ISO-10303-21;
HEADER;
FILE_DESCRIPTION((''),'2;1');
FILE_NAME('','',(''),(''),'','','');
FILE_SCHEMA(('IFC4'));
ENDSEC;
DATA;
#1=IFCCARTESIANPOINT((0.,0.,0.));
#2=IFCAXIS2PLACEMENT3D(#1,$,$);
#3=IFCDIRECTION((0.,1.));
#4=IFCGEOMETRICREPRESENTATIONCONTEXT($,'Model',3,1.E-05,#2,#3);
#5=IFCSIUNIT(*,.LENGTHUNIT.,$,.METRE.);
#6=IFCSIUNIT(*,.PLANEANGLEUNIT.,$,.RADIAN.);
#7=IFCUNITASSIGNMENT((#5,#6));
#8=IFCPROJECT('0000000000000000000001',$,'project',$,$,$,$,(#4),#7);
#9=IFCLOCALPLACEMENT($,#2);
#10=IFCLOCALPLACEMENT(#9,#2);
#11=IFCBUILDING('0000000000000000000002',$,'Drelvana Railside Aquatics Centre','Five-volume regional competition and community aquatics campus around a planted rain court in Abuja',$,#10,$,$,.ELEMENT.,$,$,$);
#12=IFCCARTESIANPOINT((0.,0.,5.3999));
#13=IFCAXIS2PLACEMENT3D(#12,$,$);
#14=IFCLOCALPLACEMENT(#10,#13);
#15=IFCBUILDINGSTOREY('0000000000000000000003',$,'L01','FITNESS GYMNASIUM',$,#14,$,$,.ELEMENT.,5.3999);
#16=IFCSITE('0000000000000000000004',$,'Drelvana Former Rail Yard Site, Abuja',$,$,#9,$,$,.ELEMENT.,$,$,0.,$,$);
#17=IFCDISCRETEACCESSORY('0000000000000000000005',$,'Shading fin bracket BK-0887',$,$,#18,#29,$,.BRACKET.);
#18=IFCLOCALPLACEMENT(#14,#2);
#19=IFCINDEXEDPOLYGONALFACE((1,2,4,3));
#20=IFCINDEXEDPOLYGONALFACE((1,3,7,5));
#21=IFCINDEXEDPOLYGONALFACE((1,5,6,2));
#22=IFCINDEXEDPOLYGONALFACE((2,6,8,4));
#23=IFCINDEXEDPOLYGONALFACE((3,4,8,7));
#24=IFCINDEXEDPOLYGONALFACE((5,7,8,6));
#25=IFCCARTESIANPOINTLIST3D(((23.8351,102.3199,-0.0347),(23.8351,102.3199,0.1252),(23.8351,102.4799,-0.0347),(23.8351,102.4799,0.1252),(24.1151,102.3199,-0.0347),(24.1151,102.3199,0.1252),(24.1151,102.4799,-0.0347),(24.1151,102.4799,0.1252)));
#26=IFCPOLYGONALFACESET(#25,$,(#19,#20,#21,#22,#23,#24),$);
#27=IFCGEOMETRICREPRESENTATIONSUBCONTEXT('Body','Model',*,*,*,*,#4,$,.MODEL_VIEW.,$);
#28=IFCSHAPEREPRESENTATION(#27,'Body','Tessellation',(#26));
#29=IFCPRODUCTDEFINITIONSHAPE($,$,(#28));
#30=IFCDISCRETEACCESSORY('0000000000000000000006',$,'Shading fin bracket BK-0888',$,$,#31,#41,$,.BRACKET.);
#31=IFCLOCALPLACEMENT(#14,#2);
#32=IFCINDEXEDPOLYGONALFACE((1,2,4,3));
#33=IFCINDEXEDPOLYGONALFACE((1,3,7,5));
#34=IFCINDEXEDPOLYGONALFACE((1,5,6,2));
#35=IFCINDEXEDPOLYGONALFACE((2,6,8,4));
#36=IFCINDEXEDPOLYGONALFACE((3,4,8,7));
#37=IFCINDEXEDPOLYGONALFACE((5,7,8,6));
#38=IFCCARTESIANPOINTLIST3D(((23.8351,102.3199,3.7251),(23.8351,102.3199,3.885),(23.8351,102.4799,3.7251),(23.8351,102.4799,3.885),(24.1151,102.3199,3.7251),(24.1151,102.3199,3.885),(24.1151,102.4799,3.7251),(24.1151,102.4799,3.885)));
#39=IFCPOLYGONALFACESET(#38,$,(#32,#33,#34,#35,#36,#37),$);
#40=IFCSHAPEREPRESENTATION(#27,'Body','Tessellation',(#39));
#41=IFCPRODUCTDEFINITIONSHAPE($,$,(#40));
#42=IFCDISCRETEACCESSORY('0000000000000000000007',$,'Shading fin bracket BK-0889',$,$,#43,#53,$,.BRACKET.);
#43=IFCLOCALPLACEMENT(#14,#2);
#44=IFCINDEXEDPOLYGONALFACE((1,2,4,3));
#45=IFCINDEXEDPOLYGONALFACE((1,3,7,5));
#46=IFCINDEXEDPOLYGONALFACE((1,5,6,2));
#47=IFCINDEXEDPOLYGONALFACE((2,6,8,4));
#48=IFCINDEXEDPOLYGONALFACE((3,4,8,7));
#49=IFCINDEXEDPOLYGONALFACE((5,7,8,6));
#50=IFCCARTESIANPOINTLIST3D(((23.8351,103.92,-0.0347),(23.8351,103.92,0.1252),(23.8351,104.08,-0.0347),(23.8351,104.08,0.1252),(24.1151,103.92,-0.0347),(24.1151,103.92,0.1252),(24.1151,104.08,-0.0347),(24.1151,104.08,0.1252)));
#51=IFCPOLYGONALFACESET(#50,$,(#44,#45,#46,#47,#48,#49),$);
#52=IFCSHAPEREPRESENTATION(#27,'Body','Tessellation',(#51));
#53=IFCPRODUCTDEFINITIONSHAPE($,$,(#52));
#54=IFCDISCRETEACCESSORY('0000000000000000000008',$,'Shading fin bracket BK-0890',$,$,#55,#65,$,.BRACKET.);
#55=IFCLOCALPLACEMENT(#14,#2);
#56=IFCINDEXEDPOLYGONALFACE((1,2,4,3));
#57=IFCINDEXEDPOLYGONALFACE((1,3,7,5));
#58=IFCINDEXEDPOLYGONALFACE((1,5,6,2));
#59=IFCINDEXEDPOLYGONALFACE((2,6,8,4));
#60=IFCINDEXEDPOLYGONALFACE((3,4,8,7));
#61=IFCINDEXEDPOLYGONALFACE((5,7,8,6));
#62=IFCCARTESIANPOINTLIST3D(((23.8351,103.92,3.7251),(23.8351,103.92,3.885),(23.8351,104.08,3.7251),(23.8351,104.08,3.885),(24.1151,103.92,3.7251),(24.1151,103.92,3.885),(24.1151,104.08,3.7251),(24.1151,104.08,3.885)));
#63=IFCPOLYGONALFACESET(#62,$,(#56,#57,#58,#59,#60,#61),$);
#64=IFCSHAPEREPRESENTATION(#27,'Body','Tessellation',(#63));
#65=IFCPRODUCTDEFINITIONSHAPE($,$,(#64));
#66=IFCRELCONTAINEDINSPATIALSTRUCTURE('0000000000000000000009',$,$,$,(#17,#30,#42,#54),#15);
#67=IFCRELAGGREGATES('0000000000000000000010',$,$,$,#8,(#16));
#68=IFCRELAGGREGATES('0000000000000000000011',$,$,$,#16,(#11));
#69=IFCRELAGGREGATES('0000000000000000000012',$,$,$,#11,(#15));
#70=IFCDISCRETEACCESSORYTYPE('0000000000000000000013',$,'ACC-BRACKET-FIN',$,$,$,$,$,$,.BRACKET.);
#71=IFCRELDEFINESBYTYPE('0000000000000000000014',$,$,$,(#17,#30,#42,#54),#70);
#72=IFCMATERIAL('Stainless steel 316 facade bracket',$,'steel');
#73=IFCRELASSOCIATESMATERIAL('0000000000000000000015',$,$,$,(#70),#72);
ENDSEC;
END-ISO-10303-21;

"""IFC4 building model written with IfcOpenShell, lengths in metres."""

from ifc_helpers import new_model, si_unit, direction, frame, origin, origin_2d, place, context, subcontext, project, spatial, rectangle, extrude, material, type_object, element, save


model = new_model("IFC4")

# Units and contexts
model_context = context("Model", 3, precision=1e-05, world=origin(), true_north=direction((0.0, 1.0)))
body_context = subcontext(model_context, "Body", "Model", "MODEL_VIEW")
ifc_project = project(units=[si_unit("LENGTHUNIT", "METRE"), si_unit("PLANEANGLEUNIT", "RADIAN")], contexts=[model_context])

# Site, building, storey
site_placement = place(None, origin())
site = spatial("IfcSite", under=ifc_project, at=site_placement, Name="Drelvana Former Rail Yard Site, Abuja", CompositionType="ELEMENT", RefElevation=0.0)
building_placement = place(site_placement, origin())
building = spatial("IfcBuilding", under=site, at=building_placement, Name="Drelvana Railside Aquatics Centre", Description="Five-volume regional competition and community aquatics campus around a planted rain court in Abuja", CompositionType="ELEMENT")
storey_placement = place(building_placement, frame((0.0, 0.0, 5.3999)))
storey = spatial("IfcBuildingStorey", under=building, at=storey_placement, Name="L01", Description="FITNESS GYMNASIUM", CompositionType="ELEMENT", Elevation=5.3999)

# Discrete accessories
ifc_material_1 = material(Name="Stainless steel 316 facade bracket", Category="steel")
discrete_accessory_type = type_object("IfcDiscreteAccessoryType", Name="ACC-BRACKET-FIN", PredefinedType="BRACKET", material=ifc_material_1)
for number, where, z_axis, x_axis, name in (
    (1, (23.9751, 102.3999, -0.0347), (0.0, 0.0, 1.0), (-1.0, 0.0, 0.0), "Shading fin bracket BK-0887"),
    (2, (23.9751, 102.3999, 3.7251), (0.0, 0.0, 1.0), (-1.0, 0.0, 0.0), "Shading fin bracket BK-0888"),
    (3, (23.9751, 104.0, -0.0347), (0.0, 0.0, 1.0), (-1.0, 0.0, 0.0), "Shading fin bracket BK-0889"),
    (4, (23.9751, 104.0, 3.7251), (0.0, 0.0, 1.0), (-1.0, 0.0, 0.0), "Shading fin bracket BK-0890"),
):
    element("IfcDiscreteAccessory", number, at=place(storey_placement, frame(where, z_axis=z_axis, x_axis=x_axis)), inside=storey, type_object=discrete_accessory_type, Name=name, PredefinedType="BRACKET", context=body_context, shape_type="SweptSolid", body=[
        extrude(rectangle(XDim=0.28, YDim=0.1599, at=origin_2d()), origin(), (0.0, 0.0, 1.0), 0.1599),
    ])

save(model, "model.ifc")
